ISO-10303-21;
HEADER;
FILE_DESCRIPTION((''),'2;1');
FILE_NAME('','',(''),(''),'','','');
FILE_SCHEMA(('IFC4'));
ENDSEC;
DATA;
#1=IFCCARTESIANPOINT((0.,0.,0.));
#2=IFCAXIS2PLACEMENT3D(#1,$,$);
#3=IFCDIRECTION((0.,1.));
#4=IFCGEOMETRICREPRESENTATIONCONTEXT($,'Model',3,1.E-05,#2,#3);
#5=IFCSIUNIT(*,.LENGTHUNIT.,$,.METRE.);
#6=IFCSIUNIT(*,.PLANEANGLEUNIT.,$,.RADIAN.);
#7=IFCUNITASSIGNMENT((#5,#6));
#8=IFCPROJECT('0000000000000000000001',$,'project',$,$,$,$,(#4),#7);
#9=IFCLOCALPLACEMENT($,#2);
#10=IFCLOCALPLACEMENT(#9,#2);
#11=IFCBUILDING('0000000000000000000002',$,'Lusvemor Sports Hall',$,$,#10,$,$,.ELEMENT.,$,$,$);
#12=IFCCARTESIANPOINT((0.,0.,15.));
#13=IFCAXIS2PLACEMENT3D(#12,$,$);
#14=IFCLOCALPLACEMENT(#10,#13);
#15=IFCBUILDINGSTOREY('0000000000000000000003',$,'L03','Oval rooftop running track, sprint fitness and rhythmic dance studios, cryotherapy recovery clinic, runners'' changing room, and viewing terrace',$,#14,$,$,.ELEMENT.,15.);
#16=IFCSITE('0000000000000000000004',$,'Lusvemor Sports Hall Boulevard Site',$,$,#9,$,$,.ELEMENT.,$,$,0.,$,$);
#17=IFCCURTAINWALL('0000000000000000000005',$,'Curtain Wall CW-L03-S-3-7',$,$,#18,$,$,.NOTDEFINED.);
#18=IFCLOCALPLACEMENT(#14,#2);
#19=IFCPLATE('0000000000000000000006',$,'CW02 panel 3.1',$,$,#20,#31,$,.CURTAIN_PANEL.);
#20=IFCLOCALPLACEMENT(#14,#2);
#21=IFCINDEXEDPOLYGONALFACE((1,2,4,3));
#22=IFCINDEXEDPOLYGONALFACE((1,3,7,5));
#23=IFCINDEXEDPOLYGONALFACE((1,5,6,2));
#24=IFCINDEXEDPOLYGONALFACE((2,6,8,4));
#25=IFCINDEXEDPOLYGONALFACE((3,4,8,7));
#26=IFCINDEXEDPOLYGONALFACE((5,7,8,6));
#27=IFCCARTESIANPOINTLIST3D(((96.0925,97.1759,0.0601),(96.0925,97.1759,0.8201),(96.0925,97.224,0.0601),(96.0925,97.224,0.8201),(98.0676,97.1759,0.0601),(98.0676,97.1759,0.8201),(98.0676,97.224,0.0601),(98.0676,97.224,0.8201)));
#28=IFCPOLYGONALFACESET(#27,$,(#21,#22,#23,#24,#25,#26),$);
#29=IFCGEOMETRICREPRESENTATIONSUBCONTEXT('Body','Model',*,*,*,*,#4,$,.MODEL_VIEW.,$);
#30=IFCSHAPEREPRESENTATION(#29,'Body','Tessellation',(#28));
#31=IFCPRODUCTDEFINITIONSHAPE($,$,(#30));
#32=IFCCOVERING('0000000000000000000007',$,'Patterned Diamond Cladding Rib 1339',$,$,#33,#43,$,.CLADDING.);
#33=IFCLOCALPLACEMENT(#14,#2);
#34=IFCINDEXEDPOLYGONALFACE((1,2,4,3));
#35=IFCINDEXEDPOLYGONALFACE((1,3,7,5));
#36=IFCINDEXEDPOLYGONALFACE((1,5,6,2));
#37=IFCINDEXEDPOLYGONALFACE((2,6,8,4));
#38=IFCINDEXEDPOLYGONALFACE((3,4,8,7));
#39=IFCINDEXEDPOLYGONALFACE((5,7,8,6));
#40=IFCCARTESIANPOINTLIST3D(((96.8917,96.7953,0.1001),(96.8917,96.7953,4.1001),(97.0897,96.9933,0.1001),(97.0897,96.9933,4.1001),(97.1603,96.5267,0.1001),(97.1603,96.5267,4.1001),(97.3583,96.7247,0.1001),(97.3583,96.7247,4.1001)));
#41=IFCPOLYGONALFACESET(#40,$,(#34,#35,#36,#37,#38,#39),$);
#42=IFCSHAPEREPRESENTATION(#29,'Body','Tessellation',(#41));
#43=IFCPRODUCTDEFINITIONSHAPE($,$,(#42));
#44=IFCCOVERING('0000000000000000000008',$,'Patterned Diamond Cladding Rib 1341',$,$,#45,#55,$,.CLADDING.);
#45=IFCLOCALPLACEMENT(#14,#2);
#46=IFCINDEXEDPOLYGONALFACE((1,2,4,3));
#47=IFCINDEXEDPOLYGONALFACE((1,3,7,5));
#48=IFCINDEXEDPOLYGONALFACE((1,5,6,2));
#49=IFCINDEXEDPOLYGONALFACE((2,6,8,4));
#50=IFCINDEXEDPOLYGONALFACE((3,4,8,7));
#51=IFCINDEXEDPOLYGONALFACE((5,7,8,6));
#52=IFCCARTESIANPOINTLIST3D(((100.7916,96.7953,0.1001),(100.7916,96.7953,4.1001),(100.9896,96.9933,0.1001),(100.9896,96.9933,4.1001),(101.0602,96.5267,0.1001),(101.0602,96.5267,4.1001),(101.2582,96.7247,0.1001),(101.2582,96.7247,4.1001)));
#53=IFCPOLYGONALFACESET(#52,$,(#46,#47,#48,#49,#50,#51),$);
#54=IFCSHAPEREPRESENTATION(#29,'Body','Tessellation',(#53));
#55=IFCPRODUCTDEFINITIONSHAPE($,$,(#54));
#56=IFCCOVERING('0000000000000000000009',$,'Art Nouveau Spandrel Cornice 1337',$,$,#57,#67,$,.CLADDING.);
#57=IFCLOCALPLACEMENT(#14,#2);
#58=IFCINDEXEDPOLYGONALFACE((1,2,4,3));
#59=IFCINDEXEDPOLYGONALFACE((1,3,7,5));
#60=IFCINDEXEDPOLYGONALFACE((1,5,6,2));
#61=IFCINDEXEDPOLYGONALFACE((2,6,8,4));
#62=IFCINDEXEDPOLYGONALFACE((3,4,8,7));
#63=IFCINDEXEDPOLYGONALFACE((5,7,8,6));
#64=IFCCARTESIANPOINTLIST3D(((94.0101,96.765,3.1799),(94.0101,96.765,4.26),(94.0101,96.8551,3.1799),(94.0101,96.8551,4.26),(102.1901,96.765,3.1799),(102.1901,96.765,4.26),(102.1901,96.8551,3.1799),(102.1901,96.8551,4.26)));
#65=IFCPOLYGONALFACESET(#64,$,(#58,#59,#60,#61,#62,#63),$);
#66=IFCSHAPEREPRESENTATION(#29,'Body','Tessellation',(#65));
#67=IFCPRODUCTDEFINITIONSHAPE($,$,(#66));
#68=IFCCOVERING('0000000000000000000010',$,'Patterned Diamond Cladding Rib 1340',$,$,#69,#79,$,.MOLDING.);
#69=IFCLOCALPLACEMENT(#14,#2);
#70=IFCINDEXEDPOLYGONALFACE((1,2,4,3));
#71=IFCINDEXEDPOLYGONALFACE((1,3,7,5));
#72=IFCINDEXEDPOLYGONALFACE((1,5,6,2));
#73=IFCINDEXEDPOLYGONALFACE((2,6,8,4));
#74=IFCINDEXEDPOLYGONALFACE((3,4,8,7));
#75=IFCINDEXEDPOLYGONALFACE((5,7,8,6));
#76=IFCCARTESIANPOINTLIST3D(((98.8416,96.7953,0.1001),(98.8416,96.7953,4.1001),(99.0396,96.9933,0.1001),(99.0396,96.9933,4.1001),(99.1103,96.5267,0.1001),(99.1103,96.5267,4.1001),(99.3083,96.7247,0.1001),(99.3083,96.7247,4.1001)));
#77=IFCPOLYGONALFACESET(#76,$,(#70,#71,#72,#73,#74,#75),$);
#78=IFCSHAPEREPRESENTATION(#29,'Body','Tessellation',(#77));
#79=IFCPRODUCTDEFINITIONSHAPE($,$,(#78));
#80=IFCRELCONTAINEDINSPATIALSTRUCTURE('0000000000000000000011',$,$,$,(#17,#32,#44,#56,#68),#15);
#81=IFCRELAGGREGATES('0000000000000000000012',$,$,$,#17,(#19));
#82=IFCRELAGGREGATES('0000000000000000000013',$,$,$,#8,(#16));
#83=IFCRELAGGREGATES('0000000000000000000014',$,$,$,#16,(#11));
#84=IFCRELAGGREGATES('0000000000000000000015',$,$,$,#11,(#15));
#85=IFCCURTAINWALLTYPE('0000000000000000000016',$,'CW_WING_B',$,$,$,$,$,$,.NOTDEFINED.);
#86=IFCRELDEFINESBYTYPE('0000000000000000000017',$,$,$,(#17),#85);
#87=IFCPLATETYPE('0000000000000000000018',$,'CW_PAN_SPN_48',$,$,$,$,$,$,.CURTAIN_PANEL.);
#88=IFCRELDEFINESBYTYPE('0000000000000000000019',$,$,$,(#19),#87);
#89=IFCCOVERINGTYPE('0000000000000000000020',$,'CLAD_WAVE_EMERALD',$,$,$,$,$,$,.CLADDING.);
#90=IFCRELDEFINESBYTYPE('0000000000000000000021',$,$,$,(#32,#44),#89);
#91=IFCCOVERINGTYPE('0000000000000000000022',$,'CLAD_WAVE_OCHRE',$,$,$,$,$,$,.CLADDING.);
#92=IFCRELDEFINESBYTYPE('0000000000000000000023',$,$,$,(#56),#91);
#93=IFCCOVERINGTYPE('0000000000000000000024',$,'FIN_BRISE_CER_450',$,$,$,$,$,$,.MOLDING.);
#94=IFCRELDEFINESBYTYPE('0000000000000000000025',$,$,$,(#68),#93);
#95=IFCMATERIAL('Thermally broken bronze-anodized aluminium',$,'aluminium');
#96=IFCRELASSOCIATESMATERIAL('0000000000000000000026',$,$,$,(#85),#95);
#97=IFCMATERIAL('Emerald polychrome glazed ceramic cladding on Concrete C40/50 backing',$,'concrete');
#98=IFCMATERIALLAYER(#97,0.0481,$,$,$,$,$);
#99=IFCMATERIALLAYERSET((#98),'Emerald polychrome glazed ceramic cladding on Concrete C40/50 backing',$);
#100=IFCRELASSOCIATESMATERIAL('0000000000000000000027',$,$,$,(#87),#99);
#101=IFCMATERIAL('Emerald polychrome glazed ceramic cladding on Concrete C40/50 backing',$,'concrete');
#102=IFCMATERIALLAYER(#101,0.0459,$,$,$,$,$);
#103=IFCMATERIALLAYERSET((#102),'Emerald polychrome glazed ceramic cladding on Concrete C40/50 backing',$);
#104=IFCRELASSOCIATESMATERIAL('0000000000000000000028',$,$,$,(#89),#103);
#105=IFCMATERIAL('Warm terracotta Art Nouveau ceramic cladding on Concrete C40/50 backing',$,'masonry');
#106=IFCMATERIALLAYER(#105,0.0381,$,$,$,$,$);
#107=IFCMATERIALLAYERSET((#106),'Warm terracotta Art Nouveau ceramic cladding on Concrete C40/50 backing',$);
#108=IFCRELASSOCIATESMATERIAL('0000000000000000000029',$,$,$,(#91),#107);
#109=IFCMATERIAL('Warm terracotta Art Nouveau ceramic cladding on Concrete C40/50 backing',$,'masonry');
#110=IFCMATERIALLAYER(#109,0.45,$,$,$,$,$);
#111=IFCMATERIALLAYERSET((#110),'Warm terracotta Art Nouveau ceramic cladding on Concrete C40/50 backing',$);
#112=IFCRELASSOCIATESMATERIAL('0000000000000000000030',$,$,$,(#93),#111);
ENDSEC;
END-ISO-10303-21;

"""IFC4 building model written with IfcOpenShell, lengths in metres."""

from ifc_helpers import new_model, si_unit, direction, frame, origin, origin_2d, place, context, subcontext, project, spatial, rectangle, extrude, material, layer, layer_set, type_object, element, aggregate, save


model = new_model("IFC4")

# Units and contexts
model_context = context("Model", 3, precision=1e-05, world=origin(), true_north=direction((0.0, 1.0)))
body_context = subcontext(model_context, "Body", "Model", "MODEL_VIEW")
ifc_project = project(units=[si_unit("LENGTHUNIT", "METRE"), si_unit("PLANEANGLEUNIT", "RADIAN")], contexts=[model_context])

# Site, building, storey
site_placement = place(None, origin())
site = spatial("IfcSite", under=ifc_project, at=site_placement, Name="Lusvemor Sports Hall Boulevard Site", CompositionType="ELEMENT", RefElevation=0.0)
building_placement = place(site_placement, origin())
building = spatial("IfcBuilding", under=site, at=building_placement, Name="Lusvemor Sports Hall", CompositionType="ELEMENT")
storey_placement = place(building_placement, frame((0.0, 0.0, 15.0)))
storey = spatial("IfcBuildingStorey", under=building, at=storey_placement, Name="L03", Description="Oval rooftop running track, sprint fitness and rhythmic dance studios, cryotherapy recovery clinic, runners' changing room, and viewing terrace", CompositionType="ELEMENT", Elevation=15.0)

# Curtain wall
ifc_material_1 = material(Name="Thermally broken bronze-anodized aluminium", Category="aluminium")
curtain_wall_type = type_object("IfcCurtainWallType", Name="CW_WING_B", PredefinedType="NOTDEFINED", material=ifc_material_1)
curtain_wall_placement = place(storey_placement, origin())
curtain_wall = element("IfcCurtainWall", 1, at=curtain_wall_placement, inside=storey, type_object=curtain_wall_type, Name="Curtain Wall CW-L03-S-3-7", PredefinedType="NOTDEFINED")

# Plate
ifc_material_2 = material(Name="Emerald polychrome glazed ceramic cladding on Concrete C40/50 backing", Category="concrete")
ifc_layer_1 = layer(ifc_material_2, 0.0481)
ifc_layer_set_1 = layer_set([ifc_layer_1], Name="Emerald polychrome glazed ceramic cladding on Concrete C40/50 backing")
plate_type_1 = type_object("IfcPlateType", Name="CW_PAN_SPN_48", PredefinedType="CURTAIN_PANEL", material=ifc_layer_set_1)
plate_1_placement = place(storey_placement, frame((97.0801, 97.2, 0.0601), z_axis=(0.0, 0.0, 1.0), x_axis=(-1.0, 0.0, 0.0)))
plate_1 = element("IfcPlate", 2, at=plate_1_placement, type_object=plate_type_1, Name="CW02 panel 3.1", PredefinedType="CURTAIN_PANEL", context=body_context, shape_type="SweptSolid", body=[
    extrude(rectangle(XDim=1.9751, YDim=0.0481, at=origin_2d()), origin(), (0.0, 0.0, 1.0), 0.76),
])
aggregate(curtain_wall, [plate_1])

# Coverings
ifc_material_3 = material(Name="Emerald polychrome glazed ceramic cladding on Concrete C40/50 backing", Category="concrete")
ifc_layer_2 = layer(ifc_material_3, 0.0459)
ifc_layer_set_2 = layer_set([ifc_layer_2], Name="Emerald polychrome glazed ceramic cladding on Concrete C40/50 backing")
covering_type_1 = type_object("IfcCoveringType", Name="CLAD_WAVE_EMERALD", PredefinedType="CLADDING", material=ifc_layer_set_2)
for number, where, z_axis, x_axis, name in (
    (3, (97.125, 96.76, 0.1001), (0.0, 0.0, 1.0), (0.707107, 0.707107, 0.0), "Patterned Diamond Cladding Rib 1339"),
    (4, (101.0249, 96.76, 0.1001), (0.0, 0.0, 1.0), (0.707107, 0.707107, 0.0), "Patterned Diamond Cladding Rib 1341"),
):
    element("IfcCovering", number, at=place(storey_placement, frame(where, z_axis=z_axis, x_axis=x_axis)), inside=storey, type_object=covering_type_1, Name=name, PredefinedType="CLADDING", context=body_context, shape_type="SweptSolid", body=[
        extrude(rectangle(XDim=0.28, YDim=0.3799, at=origin_2d()), origin(), (0.0, 0.0, 1.0), 4.0),
    ])
ifc_material_4 = material(Name="Warm terracotta Art Nouveau ceramic cladding on Concrete C40/50 backing", Category="masonry")
ifc_layer_3 = layer(ifc_material_4, 0.0381)
ifc_layer_set_3 = layer_set([ifc_layer_3], Name="Warm terracotta Art Nouveau ceramic cladding on Concrete C40/50 backing")
covering_type_2 = type_object("IfcCoveringType", Name="CLAD_WAVE_OCHRE", PredefinedType="CLADDING", material=ifc_layer_set_3)
covering_1_placement = place(storey_placement, frame((98.1001, 96.8101, 3.1799), z_axis=(0.0, 0.0, 1.0), x_axis=(1.0, 0.0, 0.0)))
element("IfcCovering", 5, at=covering_1_placement, inside=storey, type_object=covering_type_2, Name="Art Nouveau Spandrel Cornice 1337", PredefinedType="CLADDING", context=body_context, shape_type="SweptSolid", body=[
    extrude(rectangle(XDim=8.1799, YDim=0.0901, at=origin_2d()), origin(), (0.0, 0.0, 1.0), 1.0801),
])
ifc_material_5 = material(Name="Warm terracotta Art Nouveau ceramic cladding on Concrete C40/50 backing", Category="masonry")
ifc_layer_4 = layer(ifc_material_5, 0.45)
ifc_layer_set_4 = layer_set([ifc_layer_4], Name="Warm terracotta Art Nouveau ceramic cladding on Concrete C40/50 backing")
covering_type_3 = type_object("IfcCoveringType", Name="FIN_BRISE_CER_450", PredefinedType="MOLDING", material=ifc_layer_set_4)
covering_2_placement = place(storey_placement, frame((99.075, 96.76, 0.1001), z_axis=(0.0, 0.0, 1.0), x_axis=(0.707107, 0.707107, 0.0)))
element("IfcCovering", 6, at=covering_2_placement, inside=storey, type_object=covering_type_3, Name="Patterned Diamond Cladding Rib 1340", PredefinedType="MOLDING", context=body_context, shape_type="SweptSolid", body=[
    extrude(rectangle(XDim=0.28, YDim=0.3799, at=origin_2d()), origin(), (0.0, 0.0, 1.0), 4.0),
])

save(model, "model.ifc")
